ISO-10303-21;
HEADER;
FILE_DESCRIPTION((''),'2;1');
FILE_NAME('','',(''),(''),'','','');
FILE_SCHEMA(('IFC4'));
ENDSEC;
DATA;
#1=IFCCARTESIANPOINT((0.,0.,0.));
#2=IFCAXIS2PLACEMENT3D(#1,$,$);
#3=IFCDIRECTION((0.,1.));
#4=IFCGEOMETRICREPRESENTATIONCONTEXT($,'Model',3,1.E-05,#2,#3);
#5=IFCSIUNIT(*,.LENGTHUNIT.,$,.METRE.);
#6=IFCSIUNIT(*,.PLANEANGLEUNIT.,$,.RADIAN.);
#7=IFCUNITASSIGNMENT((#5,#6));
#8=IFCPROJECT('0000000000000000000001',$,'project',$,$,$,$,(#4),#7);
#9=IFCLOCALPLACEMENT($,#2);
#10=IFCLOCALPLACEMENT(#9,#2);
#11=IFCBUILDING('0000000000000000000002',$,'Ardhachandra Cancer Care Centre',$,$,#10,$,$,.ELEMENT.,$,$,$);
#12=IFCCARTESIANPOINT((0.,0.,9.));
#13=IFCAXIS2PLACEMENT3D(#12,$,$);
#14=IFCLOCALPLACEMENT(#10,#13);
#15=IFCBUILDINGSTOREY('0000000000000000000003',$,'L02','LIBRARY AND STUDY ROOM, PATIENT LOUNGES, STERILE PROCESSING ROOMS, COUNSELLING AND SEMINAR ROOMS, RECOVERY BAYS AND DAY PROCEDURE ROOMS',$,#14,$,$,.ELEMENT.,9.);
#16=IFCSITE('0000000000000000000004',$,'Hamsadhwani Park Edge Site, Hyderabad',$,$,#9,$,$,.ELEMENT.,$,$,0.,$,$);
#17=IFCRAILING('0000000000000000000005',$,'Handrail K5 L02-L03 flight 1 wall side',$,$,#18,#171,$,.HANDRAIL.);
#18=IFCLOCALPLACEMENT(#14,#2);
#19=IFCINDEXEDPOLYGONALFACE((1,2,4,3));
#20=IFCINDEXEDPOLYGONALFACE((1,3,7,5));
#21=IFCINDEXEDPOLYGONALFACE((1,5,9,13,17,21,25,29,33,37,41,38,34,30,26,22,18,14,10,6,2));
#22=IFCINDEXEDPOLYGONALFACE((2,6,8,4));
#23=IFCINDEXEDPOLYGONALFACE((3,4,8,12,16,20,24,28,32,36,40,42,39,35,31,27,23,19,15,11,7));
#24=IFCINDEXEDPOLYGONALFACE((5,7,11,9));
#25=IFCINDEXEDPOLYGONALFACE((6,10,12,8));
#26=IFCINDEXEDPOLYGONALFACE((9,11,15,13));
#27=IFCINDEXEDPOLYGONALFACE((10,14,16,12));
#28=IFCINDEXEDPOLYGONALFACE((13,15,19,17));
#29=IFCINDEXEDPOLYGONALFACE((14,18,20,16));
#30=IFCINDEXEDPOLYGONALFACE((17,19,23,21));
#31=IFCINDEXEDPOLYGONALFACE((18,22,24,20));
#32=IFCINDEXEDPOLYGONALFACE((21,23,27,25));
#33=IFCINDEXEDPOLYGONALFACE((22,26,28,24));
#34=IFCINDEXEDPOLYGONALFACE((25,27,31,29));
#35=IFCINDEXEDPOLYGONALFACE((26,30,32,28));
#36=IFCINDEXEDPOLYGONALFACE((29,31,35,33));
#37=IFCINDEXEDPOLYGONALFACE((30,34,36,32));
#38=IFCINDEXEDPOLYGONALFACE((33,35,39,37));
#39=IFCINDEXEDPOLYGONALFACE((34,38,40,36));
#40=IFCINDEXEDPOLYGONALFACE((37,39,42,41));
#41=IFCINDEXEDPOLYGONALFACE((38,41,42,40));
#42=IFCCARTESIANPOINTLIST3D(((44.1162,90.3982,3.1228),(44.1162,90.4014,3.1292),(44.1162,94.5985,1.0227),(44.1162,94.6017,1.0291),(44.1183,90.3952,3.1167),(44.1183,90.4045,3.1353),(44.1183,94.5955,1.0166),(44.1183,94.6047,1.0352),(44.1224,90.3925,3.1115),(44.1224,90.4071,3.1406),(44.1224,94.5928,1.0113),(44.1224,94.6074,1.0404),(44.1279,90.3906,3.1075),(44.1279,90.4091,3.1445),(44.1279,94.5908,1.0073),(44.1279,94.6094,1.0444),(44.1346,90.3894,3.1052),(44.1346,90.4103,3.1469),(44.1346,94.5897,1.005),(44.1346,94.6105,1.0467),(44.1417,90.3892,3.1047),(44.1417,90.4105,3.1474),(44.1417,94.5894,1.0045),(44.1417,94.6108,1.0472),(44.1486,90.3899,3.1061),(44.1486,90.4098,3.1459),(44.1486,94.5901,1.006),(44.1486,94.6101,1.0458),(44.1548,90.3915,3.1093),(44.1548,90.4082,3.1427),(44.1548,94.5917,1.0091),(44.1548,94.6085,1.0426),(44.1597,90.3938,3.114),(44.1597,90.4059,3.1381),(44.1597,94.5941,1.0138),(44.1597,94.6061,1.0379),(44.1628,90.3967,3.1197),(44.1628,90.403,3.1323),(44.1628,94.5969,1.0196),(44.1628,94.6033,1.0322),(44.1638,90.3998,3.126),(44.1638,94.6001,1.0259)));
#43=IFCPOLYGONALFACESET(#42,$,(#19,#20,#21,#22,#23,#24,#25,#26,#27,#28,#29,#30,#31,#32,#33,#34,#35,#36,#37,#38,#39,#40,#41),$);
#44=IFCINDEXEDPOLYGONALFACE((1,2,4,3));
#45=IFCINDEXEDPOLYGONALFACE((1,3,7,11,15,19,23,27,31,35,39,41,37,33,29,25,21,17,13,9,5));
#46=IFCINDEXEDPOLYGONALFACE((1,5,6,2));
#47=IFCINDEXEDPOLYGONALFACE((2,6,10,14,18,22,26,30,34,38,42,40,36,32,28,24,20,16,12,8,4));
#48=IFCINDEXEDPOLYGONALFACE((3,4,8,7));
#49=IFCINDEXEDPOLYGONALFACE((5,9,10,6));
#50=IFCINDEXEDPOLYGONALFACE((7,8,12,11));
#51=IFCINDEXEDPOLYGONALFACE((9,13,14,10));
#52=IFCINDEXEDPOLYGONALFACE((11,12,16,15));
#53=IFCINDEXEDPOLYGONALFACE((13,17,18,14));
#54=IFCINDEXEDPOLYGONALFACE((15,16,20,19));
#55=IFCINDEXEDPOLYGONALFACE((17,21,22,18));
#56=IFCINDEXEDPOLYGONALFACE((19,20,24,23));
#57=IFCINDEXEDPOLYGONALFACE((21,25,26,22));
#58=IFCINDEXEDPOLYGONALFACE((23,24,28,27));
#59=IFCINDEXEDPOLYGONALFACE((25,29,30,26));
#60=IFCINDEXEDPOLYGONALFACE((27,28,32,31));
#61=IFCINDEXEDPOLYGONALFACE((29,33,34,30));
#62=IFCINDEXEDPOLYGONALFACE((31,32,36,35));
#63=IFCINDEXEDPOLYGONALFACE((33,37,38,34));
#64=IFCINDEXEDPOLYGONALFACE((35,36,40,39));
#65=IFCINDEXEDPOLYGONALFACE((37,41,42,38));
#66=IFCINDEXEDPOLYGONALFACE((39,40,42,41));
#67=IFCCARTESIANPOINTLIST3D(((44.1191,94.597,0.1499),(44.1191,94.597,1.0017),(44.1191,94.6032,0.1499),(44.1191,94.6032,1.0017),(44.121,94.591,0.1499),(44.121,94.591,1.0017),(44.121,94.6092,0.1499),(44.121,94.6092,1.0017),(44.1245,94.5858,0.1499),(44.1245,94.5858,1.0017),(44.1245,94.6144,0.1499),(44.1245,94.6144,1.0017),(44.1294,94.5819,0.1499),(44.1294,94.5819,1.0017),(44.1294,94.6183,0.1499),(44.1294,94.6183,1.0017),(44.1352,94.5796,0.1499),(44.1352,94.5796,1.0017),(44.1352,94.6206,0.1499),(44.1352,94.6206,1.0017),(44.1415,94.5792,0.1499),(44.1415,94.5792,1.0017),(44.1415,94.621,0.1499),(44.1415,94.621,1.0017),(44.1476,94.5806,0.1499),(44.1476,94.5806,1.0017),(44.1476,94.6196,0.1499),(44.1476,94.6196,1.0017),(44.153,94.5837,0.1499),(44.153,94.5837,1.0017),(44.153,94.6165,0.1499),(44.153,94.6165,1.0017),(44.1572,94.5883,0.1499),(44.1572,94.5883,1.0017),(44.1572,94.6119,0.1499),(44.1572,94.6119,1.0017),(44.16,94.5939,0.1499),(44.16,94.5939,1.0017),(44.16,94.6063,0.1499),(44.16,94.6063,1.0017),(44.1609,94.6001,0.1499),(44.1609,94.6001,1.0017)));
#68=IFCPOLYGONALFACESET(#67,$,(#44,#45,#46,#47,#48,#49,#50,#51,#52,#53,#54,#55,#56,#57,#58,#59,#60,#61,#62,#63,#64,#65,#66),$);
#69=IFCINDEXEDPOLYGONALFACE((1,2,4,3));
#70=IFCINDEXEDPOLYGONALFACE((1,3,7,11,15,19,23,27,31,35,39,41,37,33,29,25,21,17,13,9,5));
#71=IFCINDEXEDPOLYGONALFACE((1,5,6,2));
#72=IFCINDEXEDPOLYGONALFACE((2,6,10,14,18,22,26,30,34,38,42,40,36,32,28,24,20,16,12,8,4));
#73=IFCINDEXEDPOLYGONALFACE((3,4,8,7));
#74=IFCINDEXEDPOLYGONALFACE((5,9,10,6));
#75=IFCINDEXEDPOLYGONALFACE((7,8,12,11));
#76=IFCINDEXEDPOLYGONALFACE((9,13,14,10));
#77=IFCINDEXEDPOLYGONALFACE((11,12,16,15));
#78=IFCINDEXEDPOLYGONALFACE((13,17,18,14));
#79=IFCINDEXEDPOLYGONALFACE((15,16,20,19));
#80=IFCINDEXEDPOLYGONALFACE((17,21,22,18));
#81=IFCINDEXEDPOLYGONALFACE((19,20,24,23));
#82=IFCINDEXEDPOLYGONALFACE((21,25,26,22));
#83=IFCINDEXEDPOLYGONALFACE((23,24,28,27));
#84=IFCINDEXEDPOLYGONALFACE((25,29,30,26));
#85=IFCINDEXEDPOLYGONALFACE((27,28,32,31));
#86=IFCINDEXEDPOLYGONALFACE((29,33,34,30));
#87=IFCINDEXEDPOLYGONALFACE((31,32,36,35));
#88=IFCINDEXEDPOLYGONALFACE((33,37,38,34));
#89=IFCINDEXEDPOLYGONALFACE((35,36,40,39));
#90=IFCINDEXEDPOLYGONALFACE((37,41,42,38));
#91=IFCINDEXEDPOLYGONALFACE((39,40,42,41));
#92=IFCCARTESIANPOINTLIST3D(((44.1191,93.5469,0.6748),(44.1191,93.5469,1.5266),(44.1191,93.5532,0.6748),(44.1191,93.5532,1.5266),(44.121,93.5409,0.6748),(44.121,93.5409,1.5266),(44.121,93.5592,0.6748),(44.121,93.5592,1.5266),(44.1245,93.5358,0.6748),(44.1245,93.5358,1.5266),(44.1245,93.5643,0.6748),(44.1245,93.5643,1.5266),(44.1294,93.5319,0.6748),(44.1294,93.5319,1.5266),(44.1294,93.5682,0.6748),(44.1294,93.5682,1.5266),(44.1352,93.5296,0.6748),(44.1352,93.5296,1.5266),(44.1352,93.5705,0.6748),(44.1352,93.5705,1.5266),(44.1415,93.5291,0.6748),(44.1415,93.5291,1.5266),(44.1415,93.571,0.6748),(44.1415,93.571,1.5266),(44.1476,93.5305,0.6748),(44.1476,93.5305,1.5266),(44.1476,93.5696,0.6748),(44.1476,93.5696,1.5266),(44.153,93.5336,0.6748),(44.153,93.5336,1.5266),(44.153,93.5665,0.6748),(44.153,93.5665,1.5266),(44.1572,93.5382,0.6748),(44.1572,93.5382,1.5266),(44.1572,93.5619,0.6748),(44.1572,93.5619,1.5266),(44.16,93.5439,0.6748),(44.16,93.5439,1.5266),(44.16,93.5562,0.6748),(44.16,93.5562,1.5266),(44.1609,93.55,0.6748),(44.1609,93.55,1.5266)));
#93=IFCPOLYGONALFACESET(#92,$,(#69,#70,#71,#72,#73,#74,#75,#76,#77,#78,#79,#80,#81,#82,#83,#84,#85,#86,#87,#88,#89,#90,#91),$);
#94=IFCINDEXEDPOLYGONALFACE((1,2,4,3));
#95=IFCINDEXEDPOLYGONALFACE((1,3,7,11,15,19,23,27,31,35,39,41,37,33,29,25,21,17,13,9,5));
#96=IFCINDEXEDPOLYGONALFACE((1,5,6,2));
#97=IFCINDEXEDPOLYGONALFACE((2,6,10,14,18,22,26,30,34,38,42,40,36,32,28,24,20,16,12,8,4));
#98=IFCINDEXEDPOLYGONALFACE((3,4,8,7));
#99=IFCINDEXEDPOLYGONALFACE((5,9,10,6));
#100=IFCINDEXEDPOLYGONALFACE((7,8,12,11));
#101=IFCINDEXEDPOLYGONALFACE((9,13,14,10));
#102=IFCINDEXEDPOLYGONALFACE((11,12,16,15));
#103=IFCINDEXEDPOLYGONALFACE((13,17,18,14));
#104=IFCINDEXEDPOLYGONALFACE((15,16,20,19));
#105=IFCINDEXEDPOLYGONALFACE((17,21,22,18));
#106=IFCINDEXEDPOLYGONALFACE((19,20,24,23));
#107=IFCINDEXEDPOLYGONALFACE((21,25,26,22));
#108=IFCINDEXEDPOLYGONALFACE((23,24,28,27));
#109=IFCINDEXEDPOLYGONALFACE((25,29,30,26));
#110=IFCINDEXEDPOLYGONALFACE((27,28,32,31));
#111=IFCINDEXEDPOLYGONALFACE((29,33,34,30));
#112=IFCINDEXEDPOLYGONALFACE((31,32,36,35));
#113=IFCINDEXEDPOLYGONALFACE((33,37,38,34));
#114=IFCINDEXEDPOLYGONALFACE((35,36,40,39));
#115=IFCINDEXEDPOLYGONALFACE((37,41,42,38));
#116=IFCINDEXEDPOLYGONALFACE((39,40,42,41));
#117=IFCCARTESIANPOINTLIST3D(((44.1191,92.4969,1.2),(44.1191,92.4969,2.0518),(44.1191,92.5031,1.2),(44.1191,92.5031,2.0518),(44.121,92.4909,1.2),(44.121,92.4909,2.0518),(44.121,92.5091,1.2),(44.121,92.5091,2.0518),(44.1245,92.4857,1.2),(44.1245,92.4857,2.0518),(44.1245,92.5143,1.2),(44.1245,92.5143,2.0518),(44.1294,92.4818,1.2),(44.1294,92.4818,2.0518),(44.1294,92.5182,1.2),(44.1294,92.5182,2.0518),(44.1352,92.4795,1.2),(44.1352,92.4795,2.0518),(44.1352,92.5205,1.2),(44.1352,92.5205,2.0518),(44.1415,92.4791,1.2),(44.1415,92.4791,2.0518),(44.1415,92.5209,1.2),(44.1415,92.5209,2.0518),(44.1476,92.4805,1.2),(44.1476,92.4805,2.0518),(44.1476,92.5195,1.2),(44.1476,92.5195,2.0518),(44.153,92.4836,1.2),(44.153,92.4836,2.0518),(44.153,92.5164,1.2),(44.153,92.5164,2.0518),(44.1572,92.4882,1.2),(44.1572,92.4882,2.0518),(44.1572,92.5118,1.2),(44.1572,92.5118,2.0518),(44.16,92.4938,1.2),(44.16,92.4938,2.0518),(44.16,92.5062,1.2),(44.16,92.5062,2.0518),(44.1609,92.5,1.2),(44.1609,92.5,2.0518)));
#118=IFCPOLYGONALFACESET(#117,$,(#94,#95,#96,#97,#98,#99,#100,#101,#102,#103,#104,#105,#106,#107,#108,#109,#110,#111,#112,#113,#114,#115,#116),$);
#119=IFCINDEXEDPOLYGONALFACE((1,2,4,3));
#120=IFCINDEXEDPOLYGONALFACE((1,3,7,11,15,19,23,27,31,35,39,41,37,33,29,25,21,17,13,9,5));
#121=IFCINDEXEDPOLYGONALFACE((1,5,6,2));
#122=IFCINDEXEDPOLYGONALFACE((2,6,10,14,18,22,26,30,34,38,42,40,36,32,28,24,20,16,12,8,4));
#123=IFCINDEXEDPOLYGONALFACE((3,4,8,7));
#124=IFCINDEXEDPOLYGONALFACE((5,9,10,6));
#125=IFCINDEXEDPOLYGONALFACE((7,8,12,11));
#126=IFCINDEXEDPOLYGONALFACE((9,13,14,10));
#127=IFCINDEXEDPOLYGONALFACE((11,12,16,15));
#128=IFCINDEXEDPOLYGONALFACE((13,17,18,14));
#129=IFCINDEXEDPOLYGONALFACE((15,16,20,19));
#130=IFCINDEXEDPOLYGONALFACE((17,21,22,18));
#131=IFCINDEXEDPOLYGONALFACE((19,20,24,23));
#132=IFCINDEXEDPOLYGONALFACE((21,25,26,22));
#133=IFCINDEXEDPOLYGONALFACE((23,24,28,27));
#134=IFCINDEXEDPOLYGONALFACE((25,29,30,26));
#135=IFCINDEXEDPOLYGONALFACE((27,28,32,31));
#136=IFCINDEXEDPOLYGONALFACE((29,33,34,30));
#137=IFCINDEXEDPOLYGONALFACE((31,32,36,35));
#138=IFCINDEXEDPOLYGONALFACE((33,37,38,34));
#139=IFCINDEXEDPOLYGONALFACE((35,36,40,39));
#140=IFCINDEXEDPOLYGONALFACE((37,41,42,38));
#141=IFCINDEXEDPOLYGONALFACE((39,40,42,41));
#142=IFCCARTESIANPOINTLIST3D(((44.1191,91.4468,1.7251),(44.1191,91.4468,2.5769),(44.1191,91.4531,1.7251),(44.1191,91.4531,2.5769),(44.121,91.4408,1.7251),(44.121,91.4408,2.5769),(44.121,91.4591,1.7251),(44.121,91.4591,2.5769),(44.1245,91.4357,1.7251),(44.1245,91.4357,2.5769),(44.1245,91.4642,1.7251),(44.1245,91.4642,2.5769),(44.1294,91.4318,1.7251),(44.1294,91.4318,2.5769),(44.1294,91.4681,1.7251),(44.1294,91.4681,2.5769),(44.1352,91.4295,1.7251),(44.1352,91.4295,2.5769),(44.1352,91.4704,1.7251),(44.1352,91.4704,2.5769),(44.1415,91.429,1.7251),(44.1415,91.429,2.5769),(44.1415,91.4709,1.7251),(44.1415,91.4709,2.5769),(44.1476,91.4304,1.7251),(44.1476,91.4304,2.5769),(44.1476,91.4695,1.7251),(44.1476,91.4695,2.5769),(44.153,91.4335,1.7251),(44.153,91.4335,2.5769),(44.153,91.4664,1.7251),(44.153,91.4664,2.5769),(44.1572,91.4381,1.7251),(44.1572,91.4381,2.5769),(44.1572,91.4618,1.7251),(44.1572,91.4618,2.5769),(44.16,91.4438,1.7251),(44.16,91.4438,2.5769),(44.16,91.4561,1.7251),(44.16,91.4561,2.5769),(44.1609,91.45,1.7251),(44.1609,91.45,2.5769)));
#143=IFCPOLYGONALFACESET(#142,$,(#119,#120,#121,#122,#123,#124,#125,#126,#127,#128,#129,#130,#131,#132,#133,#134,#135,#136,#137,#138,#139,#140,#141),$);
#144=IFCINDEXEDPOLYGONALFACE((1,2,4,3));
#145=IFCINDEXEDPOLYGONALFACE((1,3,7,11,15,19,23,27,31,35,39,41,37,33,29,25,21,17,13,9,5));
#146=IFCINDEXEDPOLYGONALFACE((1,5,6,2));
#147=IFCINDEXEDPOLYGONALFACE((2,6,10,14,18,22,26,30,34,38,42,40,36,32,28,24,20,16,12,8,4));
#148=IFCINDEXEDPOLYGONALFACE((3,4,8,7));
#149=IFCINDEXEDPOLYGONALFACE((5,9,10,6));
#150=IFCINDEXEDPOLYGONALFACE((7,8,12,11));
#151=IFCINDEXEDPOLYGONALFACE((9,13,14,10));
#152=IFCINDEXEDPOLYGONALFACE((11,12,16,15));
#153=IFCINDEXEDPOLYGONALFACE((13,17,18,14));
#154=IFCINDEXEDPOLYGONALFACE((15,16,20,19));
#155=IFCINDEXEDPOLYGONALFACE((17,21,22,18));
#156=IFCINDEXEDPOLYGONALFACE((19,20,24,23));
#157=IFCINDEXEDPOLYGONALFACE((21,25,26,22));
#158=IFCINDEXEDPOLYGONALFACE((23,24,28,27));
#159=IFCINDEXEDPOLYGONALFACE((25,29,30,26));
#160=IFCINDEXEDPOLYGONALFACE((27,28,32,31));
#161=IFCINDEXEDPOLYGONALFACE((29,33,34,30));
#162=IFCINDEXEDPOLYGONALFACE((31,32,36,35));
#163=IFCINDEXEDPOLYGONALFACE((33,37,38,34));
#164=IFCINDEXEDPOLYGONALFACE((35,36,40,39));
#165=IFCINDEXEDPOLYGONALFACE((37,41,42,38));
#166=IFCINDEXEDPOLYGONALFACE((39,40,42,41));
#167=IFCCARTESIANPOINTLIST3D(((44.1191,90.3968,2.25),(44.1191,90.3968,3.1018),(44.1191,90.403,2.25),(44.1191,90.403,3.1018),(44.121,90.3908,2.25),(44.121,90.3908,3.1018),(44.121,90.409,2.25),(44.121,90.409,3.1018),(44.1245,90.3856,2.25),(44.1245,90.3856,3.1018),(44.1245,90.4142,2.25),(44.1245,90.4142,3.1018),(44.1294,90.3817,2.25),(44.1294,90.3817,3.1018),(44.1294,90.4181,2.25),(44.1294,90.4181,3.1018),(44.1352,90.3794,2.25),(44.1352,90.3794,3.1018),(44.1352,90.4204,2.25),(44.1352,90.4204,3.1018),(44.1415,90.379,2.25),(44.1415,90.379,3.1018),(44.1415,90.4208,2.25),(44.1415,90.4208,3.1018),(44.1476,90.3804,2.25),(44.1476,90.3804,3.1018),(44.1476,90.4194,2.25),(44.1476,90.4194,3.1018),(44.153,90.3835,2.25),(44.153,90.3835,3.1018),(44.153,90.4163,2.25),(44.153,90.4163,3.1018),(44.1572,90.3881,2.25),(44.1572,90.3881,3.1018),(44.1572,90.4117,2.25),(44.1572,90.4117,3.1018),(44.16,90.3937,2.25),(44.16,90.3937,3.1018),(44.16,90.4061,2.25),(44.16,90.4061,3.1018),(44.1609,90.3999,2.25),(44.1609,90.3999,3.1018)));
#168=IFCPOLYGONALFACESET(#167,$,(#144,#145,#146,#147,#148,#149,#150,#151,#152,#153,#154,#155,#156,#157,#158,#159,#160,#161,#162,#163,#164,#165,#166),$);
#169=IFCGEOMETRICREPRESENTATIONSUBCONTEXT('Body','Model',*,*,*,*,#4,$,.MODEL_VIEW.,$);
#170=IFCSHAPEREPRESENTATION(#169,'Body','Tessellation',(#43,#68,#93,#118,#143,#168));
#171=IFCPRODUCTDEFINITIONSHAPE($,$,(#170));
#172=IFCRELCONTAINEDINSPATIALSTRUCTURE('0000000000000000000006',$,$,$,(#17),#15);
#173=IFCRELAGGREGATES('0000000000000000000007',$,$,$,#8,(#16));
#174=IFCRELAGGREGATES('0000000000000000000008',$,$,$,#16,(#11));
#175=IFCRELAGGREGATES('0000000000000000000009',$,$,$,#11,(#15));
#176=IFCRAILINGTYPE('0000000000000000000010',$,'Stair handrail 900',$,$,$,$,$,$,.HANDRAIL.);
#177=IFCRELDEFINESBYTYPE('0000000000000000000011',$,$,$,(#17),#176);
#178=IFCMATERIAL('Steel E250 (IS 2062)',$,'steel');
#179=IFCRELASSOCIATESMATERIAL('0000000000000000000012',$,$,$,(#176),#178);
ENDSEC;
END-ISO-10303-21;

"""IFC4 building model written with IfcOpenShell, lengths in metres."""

from ifc_helpers import new_model, si_unit, direction, frame, origin, origin_2d, place, context, subcontext, project, spatial, circle, extrude, material, type_object, element, save


model = new_model("IFC4")

# Units and contexts
model_context = context("Model", 3, precision=1e-05, world=origin(), true_north=direction((0.0, 1.0)))
body_context = subcontext(model_context, "Body", "Model", "MODEL_VIEW")
ifc_project = project(units=[si_unit("LENGTHUNIT", "METRE"), si_unit("PLANEANGLEUNIT", "RADIAN")], contexts=[model_context])

# Site, building, storey
site_placement = place(None, origin())
site = spatial("IfcSite", under=ifc_project, at=site_placement, Name="Hamsadhwani Park Edge Site, Hyderabad", CompositionType="ELEMENT", RefElevation=0.0)
building_placement = place(site_placement, origin())
building = spatial("IfcBuilding", under=site, at=building_placement, Name="Ardhachandra Cancer Care Centre", CompositionType="ELEMENT")
storey_placement = place(building_placement, frame((0.0, 0.0, 9.0)))
storey = spatial("IfcBuildingStorey", under=building, at=storey_placement, Name="L02", Description="LIBRARY AND STUDY ROOM, PATIENT LOUNGES, STERILE PROCESSING ROOMS, COUNSELLING AND SEMINAR ROOMS, RECOVERY BAYS AND DAY PROCEDURE ROOMS", CompositionType="ELEMENT", Elevation=9.0)

# Railing
ifc_material_1 = material(Name="Steel E250 (IS 2062)", Category="steel")
railing_type_1 = type_object("IfcRailingType", Name="Stair handrail 900", PredefinedType="HANDRAIL", material=ifc_material_1)
for number, where, name in (
    (1, (44.1399, 94.6001, 0.1499), "Handrail K5 L02-L03 flight 1 wall side"),
):
    element("IfcRailing", number, at=place(storey_placement, frame(where)), inside=storey, type_object=railing_type_1, Name=name, PredefinedType="HANDRAIL", context=body_context, shape_type="SweptSolid", body=[
        extrude(circle(Radius=0.0239, at=origin_2d()), frame((0.0, 0.0, 0.876), z_axis=(0.0, -0.894427, 0.447214), x_axis=(1.0, 0.0, 0.0)), (0.0, 0.0, 1.0), 4.696),
        extrude(circle(Radius=0.021, at=origin_2d()), origin(), (0.0, 0.0, 1.0), 0.8518),
        extrude(circle(Radius=0.021, at=origin_2d()), frame((0.0, -1.05, 0.5249)), (0.0, 0.0, 1.0), 0.8518),
        extrude(circle(Radius=0.021, at=origin_2d()), frame((0.0, -2.1001, 1.05)), (0.0, 0.0, 1.0), 0.8518),
        extrude(circle(Radius=0.021, at=origin_2d()), frame((0.0, -3.1501, 1.5752)), (0.0, 0.0, 1.0), 0.8518),
        extrude(circle(Radius=0.021, at=origin_2d()), frame((0.0, -4.2002, 2.1001)), (0.0, 0.0, 1.0), 0.8518),
    ])

save(model, "model.ifc")
